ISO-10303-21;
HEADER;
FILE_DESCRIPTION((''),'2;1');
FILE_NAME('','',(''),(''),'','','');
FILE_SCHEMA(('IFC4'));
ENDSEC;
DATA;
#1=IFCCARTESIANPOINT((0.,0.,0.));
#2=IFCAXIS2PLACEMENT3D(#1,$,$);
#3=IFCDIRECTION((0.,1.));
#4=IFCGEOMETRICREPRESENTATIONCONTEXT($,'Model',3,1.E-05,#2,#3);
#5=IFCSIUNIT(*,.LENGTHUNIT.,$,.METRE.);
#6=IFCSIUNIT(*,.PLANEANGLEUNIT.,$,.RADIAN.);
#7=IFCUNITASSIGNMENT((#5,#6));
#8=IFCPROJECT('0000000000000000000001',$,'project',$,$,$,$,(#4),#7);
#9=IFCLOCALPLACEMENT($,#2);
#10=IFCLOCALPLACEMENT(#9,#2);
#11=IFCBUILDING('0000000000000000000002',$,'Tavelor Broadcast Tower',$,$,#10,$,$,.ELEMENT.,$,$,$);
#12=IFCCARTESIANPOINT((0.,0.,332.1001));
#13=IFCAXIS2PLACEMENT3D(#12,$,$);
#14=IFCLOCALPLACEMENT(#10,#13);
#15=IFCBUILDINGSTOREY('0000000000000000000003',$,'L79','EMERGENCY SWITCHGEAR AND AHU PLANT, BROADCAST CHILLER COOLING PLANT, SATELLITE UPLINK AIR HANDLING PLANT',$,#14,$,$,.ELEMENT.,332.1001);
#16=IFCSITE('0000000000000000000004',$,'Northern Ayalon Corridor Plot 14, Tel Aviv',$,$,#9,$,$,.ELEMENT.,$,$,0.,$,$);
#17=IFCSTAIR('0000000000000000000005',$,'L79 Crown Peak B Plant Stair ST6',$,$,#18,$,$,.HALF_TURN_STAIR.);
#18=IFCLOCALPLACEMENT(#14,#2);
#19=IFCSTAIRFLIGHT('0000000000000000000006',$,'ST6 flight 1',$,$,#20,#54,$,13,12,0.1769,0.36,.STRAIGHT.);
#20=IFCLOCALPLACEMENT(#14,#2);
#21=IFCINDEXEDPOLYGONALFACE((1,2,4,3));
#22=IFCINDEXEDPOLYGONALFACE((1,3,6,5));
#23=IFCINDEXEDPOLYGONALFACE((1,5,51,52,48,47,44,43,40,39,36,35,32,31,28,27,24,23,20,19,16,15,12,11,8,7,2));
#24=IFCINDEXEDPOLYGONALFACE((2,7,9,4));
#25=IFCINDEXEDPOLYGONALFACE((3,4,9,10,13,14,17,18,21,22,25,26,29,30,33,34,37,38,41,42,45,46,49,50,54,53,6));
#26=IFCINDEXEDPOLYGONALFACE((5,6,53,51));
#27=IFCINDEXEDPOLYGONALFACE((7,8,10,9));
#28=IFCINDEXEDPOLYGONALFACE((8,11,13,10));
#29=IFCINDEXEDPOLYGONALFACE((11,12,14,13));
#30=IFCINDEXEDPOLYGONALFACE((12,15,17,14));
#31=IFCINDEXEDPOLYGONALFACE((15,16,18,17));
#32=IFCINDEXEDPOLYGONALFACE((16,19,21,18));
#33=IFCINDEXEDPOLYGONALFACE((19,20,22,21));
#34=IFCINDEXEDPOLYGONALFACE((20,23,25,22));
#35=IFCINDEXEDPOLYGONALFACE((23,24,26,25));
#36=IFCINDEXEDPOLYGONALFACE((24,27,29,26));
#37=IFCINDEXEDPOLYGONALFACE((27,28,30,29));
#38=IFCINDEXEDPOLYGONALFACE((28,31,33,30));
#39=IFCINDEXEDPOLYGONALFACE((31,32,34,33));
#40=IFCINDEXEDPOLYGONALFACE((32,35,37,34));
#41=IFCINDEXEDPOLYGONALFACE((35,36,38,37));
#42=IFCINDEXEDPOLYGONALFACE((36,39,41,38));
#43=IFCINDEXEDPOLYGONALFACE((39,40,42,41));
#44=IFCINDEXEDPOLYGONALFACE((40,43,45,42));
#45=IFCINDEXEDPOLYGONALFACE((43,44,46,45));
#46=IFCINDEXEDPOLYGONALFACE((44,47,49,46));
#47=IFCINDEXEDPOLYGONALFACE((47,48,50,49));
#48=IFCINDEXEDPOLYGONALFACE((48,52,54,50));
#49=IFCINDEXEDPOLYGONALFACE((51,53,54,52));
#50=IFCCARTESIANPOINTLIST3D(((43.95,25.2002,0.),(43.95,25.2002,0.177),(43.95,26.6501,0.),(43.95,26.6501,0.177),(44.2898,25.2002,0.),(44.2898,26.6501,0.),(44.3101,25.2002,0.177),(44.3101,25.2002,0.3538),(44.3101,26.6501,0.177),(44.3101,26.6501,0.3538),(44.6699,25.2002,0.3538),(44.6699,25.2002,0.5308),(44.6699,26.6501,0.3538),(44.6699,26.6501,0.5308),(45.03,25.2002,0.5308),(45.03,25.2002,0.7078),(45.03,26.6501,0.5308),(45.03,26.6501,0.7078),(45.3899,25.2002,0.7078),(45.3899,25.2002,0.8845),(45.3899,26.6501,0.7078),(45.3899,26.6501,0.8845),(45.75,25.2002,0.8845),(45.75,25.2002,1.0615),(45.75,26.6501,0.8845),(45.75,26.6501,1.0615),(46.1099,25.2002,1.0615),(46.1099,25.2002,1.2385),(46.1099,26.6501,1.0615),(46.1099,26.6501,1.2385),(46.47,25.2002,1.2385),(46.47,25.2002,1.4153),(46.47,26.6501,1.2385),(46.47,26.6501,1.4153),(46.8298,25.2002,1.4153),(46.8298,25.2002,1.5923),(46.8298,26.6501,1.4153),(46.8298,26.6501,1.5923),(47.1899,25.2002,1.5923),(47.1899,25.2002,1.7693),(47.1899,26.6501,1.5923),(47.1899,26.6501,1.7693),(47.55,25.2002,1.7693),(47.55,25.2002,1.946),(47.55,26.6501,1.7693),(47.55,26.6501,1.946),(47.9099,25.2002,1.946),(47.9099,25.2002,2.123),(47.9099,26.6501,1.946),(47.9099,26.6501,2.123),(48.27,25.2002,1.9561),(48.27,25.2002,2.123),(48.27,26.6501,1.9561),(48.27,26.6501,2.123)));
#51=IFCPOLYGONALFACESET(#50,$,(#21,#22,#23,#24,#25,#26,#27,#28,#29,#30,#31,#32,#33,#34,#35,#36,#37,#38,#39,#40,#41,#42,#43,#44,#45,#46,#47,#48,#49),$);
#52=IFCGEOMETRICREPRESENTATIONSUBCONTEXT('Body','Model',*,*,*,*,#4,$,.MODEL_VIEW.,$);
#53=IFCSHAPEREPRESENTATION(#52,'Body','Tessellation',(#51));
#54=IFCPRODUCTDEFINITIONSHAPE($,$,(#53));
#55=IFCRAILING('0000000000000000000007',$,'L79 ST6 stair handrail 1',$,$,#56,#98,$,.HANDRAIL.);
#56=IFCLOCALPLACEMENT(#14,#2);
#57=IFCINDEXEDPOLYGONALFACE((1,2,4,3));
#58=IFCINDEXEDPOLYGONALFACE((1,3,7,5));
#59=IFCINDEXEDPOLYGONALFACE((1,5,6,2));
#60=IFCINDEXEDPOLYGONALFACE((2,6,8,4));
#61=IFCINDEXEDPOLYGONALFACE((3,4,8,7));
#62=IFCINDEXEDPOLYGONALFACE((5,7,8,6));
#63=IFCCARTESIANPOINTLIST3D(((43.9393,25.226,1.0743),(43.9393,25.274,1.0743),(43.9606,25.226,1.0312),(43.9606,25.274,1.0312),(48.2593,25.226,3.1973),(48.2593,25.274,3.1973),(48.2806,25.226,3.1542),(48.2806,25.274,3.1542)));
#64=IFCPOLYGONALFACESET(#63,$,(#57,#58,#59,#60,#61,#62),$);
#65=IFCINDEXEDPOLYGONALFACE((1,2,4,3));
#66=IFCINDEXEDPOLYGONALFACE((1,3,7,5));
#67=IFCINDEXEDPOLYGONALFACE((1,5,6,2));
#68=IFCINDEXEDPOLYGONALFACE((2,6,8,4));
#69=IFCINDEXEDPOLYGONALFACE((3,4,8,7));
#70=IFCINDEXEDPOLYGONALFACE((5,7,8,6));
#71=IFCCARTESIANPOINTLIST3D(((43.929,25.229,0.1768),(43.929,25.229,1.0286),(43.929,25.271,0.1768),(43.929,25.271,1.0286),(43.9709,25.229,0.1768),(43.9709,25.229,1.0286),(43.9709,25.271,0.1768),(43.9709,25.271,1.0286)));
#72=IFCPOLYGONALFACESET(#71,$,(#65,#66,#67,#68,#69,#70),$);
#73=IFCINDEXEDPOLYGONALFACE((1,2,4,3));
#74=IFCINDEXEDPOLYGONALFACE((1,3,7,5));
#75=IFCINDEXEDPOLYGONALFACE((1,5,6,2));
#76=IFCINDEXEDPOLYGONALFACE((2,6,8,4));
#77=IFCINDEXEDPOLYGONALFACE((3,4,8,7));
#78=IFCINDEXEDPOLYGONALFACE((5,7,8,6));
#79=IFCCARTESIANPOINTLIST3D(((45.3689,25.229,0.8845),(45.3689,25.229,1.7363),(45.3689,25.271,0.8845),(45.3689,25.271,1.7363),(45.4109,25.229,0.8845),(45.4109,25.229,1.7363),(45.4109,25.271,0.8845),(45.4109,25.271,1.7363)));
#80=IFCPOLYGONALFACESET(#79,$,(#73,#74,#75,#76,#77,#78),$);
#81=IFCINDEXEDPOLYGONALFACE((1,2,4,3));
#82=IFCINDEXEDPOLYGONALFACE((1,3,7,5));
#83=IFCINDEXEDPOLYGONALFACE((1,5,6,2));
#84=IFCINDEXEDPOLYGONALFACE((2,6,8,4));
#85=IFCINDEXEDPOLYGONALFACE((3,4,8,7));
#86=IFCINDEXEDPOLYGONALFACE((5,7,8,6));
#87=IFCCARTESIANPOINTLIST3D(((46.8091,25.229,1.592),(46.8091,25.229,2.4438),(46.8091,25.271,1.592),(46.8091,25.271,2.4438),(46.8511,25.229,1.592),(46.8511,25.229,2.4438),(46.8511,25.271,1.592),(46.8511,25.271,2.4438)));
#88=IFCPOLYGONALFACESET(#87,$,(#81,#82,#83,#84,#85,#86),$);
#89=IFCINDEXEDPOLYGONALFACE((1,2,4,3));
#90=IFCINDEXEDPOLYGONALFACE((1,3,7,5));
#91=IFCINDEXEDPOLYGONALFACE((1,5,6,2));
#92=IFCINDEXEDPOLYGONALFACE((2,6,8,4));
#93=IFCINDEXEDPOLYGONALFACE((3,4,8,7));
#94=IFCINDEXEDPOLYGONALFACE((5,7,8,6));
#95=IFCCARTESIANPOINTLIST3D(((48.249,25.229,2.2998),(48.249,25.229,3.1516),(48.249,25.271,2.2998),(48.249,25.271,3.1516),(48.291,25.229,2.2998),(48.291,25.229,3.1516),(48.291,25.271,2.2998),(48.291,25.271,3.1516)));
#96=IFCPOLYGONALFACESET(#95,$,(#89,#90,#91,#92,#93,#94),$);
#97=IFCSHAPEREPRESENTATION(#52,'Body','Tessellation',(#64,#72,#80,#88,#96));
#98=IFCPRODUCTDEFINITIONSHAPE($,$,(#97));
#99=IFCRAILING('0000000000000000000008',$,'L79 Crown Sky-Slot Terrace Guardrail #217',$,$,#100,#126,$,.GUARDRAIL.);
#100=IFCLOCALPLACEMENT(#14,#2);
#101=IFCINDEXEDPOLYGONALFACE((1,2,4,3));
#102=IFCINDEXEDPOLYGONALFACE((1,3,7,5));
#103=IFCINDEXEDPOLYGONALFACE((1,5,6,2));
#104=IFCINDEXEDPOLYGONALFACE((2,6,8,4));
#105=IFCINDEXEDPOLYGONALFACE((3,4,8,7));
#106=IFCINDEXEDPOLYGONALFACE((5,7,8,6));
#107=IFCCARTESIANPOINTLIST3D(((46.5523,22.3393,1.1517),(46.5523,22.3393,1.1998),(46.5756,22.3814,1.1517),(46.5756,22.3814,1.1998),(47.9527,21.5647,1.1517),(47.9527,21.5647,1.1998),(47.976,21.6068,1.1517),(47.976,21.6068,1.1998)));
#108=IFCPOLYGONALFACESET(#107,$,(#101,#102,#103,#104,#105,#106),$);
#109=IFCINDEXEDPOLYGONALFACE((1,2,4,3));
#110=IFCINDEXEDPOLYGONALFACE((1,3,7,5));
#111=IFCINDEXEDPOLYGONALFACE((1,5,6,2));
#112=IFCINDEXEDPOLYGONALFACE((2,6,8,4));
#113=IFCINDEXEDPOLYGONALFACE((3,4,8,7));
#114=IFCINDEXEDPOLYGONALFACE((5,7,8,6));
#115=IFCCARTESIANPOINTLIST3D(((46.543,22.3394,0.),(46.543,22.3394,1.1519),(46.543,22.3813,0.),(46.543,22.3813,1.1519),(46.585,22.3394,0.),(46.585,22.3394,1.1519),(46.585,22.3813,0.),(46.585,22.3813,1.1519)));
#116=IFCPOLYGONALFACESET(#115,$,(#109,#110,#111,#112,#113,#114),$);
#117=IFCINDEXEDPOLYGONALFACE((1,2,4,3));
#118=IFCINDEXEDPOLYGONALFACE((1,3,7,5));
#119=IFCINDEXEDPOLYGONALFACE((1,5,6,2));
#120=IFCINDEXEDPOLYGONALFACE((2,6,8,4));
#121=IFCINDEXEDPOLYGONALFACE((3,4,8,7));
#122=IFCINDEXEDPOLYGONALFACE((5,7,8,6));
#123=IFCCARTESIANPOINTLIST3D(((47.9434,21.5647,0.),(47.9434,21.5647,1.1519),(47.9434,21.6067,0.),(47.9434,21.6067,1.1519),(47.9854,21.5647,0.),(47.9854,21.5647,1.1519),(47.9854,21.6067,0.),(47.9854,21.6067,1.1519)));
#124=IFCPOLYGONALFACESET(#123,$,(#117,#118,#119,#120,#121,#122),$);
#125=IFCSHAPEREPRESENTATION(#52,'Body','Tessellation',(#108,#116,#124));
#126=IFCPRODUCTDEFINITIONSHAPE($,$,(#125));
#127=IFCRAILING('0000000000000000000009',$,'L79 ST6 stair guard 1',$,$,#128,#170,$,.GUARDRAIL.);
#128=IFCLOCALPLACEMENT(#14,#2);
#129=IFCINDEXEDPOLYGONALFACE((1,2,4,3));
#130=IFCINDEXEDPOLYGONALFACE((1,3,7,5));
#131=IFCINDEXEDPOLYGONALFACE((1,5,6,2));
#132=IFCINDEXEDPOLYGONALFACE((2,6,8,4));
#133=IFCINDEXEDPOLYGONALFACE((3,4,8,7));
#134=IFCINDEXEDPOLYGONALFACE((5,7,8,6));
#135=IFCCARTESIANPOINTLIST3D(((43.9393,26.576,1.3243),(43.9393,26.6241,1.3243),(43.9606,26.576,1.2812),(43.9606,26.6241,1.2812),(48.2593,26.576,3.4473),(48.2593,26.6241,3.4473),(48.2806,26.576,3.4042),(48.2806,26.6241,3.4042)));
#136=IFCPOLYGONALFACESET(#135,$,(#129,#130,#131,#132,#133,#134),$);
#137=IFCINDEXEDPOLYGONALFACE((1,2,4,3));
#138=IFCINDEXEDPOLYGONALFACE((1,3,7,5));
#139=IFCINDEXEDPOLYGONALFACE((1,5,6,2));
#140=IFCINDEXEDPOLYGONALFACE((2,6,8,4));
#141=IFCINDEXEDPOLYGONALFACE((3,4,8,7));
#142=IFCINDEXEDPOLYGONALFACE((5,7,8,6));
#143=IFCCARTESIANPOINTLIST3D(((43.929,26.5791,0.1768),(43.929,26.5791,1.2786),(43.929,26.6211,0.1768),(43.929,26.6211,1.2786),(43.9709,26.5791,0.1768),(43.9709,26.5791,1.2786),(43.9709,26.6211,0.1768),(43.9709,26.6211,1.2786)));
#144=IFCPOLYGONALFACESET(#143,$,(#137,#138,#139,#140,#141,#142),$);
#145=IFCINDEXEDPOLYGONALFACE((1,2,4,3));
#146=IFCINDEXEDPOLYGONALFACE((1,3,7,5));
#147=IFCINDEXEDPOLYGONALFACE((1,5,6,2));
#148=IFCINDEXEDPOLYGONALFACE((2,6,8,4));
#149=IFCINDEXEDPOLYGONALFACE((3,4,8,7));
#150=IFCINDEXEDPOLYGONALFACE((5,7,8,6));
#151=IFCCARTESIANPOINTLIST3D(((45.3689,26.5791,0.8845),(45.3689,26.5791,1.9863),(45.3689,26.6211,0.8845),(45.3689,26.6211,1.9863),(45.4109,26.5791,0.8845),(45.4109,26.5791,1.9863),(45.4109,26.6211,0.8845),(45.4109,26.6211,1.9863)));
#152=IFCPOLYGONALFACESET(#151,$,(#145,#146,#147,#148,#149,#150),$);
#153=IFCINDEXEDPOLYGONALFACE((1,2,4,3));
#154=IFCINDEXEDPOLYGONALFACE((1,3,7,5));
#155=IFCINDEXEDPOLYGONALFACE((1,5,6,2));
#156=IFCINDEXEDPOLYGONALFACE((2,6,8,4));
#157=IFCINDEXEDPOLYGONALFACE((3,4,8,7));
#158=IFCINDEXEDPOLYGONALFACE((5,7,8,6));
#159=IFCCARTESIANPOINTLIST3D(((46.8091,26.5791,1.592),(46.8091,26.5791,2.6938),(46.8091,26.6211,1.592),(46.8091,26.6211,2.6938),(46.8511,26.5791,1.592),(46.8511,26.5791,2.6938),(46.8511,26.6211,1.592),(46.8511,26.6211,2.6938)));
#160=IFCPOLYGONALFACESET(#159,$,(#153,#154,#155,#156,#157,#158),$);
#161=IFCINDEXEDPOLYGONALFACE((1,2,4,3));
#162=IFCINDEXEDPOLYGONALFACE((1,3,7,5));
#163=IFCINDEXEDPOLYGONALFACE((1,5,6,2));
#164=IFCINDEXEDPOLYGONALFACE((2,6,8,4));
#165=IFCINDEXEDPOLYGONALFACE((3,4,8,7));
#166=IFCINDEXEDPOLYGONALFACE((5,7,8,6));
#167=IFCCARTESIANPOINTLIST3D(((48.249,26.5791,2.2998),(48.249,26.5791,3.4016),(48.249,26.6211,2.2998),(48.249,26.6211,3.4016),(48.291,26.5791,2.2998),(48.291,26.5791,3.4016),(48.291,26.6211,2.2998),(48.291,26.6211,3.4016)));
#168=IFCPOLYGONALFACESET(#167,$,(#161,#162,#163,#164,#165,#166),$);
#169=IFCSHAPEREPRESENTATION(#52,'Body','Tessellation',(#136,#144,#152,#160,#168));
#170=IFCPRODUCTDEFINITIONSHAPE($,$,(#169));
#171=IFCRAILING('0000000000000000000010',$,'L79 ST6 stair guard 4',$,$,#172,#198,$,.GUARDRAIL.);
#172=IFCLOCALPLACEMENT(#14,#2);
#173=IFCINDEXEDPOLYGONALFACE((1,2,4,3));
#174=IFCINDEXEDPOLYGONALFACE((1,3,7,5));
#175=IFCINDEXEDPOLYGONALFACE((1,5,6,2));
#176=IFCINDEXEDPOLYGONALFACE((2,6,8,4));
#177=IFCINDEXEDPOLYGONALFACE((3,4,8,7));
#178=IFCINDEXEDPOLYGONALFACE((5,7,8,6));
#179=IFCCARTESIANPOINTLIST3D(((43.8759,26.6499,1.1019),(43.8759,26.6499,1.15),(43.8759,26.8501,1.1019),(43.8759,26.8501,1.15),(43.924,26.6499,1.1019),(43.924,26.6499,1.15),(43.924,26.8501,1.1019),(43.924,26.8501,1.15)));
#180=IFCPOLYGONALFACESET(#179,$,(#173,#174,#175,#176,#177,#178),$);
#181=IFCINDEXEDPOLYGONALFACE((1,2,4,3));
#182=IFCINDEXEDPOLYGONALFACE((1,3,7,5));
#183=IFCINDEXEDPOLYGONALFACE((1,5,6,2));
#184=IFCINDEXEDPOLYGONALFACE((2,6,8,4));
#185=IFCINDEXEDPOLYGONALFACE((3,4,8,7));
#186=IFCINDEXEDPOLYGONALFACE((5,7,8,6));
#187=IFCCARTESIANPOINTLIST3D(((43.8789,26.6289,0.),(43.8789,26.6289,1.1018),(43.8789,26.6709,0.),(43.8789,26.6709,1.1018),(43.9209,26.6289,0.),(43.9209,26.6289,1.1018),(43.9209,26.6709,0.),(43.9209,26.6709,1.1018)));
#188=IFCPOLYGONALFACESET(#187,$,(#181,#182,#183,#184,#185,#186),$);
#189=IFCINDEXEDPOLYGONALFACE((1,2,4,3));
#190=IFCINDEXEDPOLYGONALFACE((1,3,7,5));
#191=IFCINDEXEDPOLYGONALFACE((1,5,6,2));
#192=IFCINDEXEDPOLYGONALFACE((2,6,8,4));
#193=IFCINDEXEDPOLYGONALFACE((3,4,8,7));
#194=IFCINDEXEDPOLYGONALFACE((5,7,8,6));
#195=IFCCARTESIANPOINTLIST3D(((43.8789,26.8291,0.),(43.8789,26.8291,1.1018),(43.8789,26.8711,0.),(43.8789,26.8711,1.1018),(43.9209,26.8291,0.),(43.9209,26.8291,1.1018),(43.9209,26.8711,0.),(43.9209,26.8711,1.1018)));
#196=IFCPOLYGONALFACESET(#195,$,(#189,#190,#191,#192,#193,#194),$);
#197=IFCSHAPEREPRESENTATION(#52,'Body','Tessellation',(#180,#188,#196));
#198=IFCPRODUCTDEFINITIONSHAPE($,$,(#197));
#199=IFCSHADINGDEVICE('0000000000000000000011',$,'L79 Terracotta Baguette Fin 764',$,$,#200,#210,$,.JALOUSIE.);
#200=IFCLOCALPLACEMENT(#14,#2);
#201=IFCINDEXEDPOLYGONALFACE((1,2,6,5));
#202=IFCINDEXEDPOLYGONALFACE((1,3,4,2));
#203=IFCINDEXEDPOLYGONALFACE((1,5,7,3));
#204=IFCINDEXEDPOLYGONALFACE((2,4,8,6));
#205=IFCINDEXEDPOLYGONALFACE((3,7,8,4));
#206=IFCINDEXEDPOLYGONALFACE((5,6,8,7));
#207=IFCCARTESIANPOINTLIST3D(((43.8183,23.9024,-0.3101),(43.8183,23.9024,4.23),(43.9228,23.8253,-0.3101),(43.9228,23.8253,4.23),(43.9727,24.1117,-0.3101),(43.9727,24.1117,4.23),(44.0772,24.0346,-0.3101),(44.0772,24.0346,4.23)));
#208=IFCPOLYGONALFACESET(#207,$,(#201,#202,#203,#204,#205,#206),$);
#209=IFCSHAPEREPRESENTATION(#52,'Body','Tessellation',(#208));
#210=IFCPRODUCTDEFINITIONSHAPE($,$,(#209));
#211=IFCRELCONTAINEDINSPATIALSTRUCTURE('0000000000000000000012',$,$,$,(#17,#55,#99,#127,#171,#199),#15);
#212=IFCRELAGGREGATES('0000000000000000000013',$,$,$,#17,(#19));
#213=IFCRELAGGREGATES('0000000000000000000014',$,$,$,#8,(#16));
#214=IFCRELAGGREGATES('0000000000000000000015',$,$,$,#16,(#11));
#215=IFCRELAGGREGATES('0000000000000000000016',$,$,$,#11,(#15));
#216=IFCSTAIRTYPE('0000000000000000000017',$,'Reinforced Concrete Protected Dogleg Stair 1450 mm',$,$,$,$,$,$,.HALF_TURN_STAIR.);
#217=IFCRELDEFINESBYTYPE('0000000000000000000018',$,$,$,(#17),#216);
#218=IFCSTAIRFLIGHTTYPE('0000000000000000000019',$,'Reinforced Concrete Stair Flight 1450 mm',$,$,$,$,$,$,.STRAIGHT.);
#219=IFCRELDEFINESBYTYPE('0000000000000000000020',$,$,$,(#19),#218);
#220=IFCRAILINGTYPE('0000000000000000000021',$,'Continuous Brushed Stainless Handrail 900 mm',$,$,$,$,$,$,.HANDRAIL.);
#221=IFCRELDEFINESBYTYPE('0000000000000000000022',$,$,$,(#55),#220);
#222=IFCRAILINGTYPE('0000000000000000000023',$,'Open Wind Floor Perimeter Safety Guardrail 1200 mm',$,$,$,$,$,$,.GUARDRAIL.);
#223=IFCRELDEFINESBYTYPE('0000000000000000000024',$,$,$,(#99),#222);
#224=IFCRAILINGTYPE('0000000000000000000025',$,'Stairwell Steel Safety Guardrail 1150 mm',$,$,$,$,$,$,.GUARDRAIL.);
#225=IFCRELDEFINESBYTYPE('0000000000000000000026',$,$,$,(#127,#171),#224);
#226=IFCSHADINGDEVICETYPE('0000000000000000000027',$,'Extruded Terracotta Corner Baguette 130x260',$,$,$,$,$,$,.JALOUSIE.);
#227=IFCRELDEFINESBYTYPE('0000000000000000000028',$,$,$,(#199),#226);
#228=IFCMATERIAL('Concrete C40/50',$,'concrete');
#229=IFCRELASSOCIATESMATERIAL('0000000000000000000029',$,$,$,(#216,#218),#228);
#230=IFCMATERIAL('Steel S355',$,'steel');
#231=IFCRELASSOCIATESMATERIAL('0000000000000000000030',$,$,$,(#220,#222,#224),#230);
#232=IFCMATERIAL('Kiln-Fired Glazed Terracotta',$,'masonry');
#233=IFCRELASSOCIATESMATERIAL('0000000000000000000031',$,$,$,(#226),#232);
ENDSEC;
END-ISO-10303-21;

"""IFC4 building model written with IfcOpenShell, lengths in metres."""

from ifc_helpers import new_model, si_unit, direction, frame, origin, origin_2d, place, context, subcontext, project, spatial, polyline, rectangle, outline, extrude, source, transform, mapped, material, type_object, type_shapes, element, aggregate, save


model = new_model("IFC4")

# Units and contexts
model_context = context("Model", 3, precision=1e-05, world=origin(), true_north=direction((0.0, 1.0)))
body_context = subcontext(model_context, "Body", "Model", "MODEL_VIEW")
ifc_project = project(units=[si_unit("LENGTHUNIT", "METRE"), si_unit("PLANEANGLEUNIT", "RADIAN")], contexts=[model_context])

# Site, building, storey
site_placement = place(None, origin())
site = spatial("IfcSite", under=ifc_project, at=site_placement, Name="Northern Ayalon Corridor Plot 14, Tel Aviv", CompositionType="ELEMENT", RefElevation=0.0)
building_placement = place(site_placement, origin())
building = spatial("IfcBuilding", under=site, at=building_placement, Name="Tavelor Broadcast Tower", CompositionType="ELEMENT")
storey_placement = place(building_placement, frame((0.0, 0.0, 332.1001)))
storey = spatial("IfcBuildingStorey", under=building, at=storey_placement, Name="L79", Description="EMERGENCY SWITCHGEAR AND AHU PLANT, BROADCAST CHILLER COOLING PLANT, SATELLITE UPLINK AIR HANDLING PLANT", CompositionType="ELEMENT", Elevation=332.1001)

# Shared definitions
ifc_material_1 = material(Name="Concrete C40/50", Category="concrete")

# Shared definitions
ifc_material_2 = material(Name="Steel S355", Category="steel")

# Stair, stair flight
stair_type = type_object("IfcStairType", Name="Reinforced Concrete Protected Dogleg Stair 1450 mm", PredefinedType="HALF_TURN_STAIR", material=ifc_material_1)
stair_placement = place(storey_placement, origin())
stair = element("IfcStair", 1, at=stair_placement, inside=storey, type_object=stair_type, Name="L79 Crown Peak B Plant Stair ST6", PredefinedType="HALF_TURN_STAIR")
stair_flight_type = type_object("IfcStairFlightType", Name="Reinforced Concrete Stair Flight 1450 mm", PredefinedType="STRAIGHT", material=ifc_material_1)
stair_flight_placement = place(storey_placement, frame((43.95, 25.925, 0.0), z_axis=(0.0, 0.0, 1.0), x_axis=(1.0, 0.0, 0.0)))
stair_flight = element("IfcStairFlight", 2, at=stair_flight_placement, type_object=stair_flight_type, Name="ST6 flight 1", NumberOfRisers=13, NumberOfTreads=12, PredefinedType="STRAIGHT", RiserHeight=0.1769, TreadLength=0.36, context=body_context, shape_type="SweptSolid", body=[
    extrude(outline(polyline([(0.0, 0.0), (0.0, 0.177), (0.3601, 0.177), (0.3601, 0.3538), (0.72, 0.3538), (0.72, 0.5308), (1.0801, 0.5308), (1.0801, 0.7078), (1.4399, 0.7078), (1.4399, 0.8845), (1.8, 0.8845), (1.8, 1.0615), (2.1599, 1.0615), (2.1599, 1.2385), (2.52, 1.2385), (2.52, 1.4153), (2.8799, 1.4153), (2.8799, 1.5923), (3.24, 1.5923), (3.24, 1.7693), (3.6001, 1.7693), (3.6001, 1.946), (3.96, 1.946), (3.96, 2.123), (4.3201, 2.123), (4.3201, 2.3), (4.3201, 1.9561), (0.3398, 0.0), (0.0, 0.0)])), frame((0.0, 0.7251, 0.0), z_axis=(0.0, -1.0, 0.0), x_axis=(1.0, 0.0, 0.0)), (0.0, 0.0, 1.0), 1.45),
])
aggregate(stair, [stair_flight])

# Railings
railing_type_1 = type_object("IfcRailingType", Name="Continuous Brushed Stainless Handrail 900 mm", PredefinedType="HANDRAIL", material=ifc_material_2)
railing_1_placement = place(storey_placement, frame((43.95, 25.25, 0.1768)))
element("IfcRailing", 3, at=railing_1_placement, inside=storey, type_object=railing_type_1, Name="L79 ST6 stair handrail 1", PredefinedType="HANDRAIL", context=body_context, shape_type="SweptSolid", body=[
    extrude(rectangle(XDim=0.0481, YDim=0.0481, at=origin_2d()), frame((0.0, 0.0, 0.876), z_axis=(0.89748, 0.0, 0.441056), x_axis=(0.0, 1.0, 0.0)), (0.0, 0.0, 1.0), 4.8135),
    extrude(rectangle(XDim=0.042, YDim=0.042, at=origin_2d()), origin(), (0.0, 0.0, 1.0), 0.8518),
    extrude(rectangle(XDim=0.042, YDim=0.042, at=origin_2d()), frame((1.4399, 0.0, 0.7078)), (0.0, 0.0, 1.0), 0.8518),
    extrude(rectangle(XDim=0.042, YDim=0.042, at=origin_2d()), frame((2.8801, 0.0, 1.4153)), (0.0, 0.0, 1.0), 0.8518),
    extrude(rectangle(XDim=0.042, YDim=0.042, at=origin_2d()), frame((4.3201, 0.0, 2.123)), (0.0, 0.0, 1.0), 0.8518),
])
railing_type_2 = type_object("IfcRailingType", Name="Open Wind Floor Perimeter Safety Guardrail 1200 mm", PredefinedType="GUARDRAIL", material=ifc_material_2)
railing_2_placement = place(storey_placement, frame((46.564, 22.3604, 0.0)))
element("IfcRailing", 4, at=railing_2_placement, inside=storey, type_object=railing_type_2, Name="L79 Crown Sky-Slot Terrace Guardrail #217", PredefinedType="GUARDRAIL", context=body_context, shape_type="SweptSolid", body=[
    extrude(rectangle(XDim=0.0481, YDim=0.0481, at=origin_2d()), frame((0.0, 0.0, 1.1758), z_axis=(0.875041, -0.484049, 0.0), x_axis=(0.484049, 0.875041, 0.0)), (0.0, 0.0, 1.0), 1.6003),
    extrude(rectangle(XDim=0.042, YDim=0.042, at=origin_2d()), origin(), (0.0, 0.0, 1.0), 1.1519),
    extrude(rectangle(XDim=0.042, YDim=0.042, at=origin_2d()), frame((1.4004, -0.7747, 0.0)), (0.0, 0.0, 1.0), 1.1519),
])
railing_type_3 = type_object("IfcRailingType", Name="Stairwell Steel Safety Guardrail 1150 mm", PredefinedType="GUARDRAIL", material=ifc_material_2)
railing_3_placement = place(storey_placement, frame((43.95, 26.6001, 0.1768)))
element("IfcRailing", 5, at=railing_3_placement, inside=storey, type_object=railing_type_3, Name="L79 ST6 stair guard 1", PredefinedType="GUARDRAIL", context=body_context, shape_type="SweptSolid", body=[
    extrude(rectangle(XDim=0.0481, YDim=0.0481, at=origin_2d()), frame((0.0, 0.0, 1.126), z_axis=(0.89748, 0.0, 0.441056), x_axis=(0.0, 1.0, 0.0)), (0.0, 0.0, 1.0), 4.8135),
    extrude(rectangle(XDim=0.042, YDim=0.042, at=origin_2d()), origin(), (0.0, 0.0, 1.0), 1.1018),
    extrude(rectangle(XDim=0.042, YDim=0.042, at=origin_2d()), frame((1.4399, 0.0, 0.7078)), (0.0, 0.0, 1.0), 1.1018),
    extrude(rectangle(XDim=0.042, YDim=0.042, at=origin_2d()), frame((2.8801, 0.0, 1.4153)), (0.0, 0.0, 1.0), 1.1018),
    extrude(rectangle(XDim=0.042, YDim=0.042, at=origin_2d()), frame((4.3201, 0.0, 2.123)), (0.0, 0.0, 1.0), 1.1018),
])
railing_4_placement = place(storey_placement, frame((43.8999, 26.6499, 0.0)))
element("IfcRailing", 6, at=railing_4_placement, inside=storey, type_object=railing_type_3, Name="L79 ST6 stair guard 4", PredefinedType="GUARDRAIL", context=body_context, shape_type="SweptSolid", body=[
    extrude(rectangle(XDim=0.0481, YDim=0.0481, at=origin_2d()), frame((0.0, 0.0, 1.126), z_axis=(0.0, 1.0, 0.0), x_axis=(-1.0, 0.0, 0.0)), (0.0, 0.0, 1.0), 0.2002),
    extrude(rectangle(XDim=0.042, YDim=0.042, at=origin_2d()), origin(), (0.0, 0.0, 1.0), 1.1018),
    extrude(rectangle(XDim=0.042, YDim=0.042, at=origin_2d()), frame((0.0, 0.2002, 0.0)), (0.0, 0.0, 1.0), 1.1018),
])

# Shading device
ifc_material_3 = material(Name="Kiln-Fired Glazed Terracotta", Category="masonry")
shading_device_type = type_object("IfcShadingDeviceType", Name="Extruded Terracotta Corner Baguette 130x260", PredefinedType="JALOUSIE", material=ifc_material_3)
shared_shape_1 = source(origin(), body_context, "Body", "SweptSolid", [
    extrude(rectangle(XDim=0.1299, YDim=0.26, at=origin_2d()), origin(), (0.0, 0.0, 1.0), 4.54),
])
type_shapes(shading_device_type, [shared_shape_1])
for number, where, z_axis, x_axis, name in (
    (7, (43.9478, 23.9685, -0.3101), (0.0, 0.0, 1.0), (0.804687, -0.5937, 0.0), "L79 Terracotta Baguette Fin 764"),
):
    element("IfcShadingDevice", number, at=place(storey_placement, frame(where, z_axis=z_axis, x_axis=x_axis)), inside=storey, type_object=shading_device_type, Name=name, PredefinedType="JALOUSIE", context=body_context, shape_type="MappedRepresentation", body=[
        mapped(shared_shape_1, transform((0.0, 0.0, 0.0), scale=1.0)),
    ])

save(model, "model.ifc")
